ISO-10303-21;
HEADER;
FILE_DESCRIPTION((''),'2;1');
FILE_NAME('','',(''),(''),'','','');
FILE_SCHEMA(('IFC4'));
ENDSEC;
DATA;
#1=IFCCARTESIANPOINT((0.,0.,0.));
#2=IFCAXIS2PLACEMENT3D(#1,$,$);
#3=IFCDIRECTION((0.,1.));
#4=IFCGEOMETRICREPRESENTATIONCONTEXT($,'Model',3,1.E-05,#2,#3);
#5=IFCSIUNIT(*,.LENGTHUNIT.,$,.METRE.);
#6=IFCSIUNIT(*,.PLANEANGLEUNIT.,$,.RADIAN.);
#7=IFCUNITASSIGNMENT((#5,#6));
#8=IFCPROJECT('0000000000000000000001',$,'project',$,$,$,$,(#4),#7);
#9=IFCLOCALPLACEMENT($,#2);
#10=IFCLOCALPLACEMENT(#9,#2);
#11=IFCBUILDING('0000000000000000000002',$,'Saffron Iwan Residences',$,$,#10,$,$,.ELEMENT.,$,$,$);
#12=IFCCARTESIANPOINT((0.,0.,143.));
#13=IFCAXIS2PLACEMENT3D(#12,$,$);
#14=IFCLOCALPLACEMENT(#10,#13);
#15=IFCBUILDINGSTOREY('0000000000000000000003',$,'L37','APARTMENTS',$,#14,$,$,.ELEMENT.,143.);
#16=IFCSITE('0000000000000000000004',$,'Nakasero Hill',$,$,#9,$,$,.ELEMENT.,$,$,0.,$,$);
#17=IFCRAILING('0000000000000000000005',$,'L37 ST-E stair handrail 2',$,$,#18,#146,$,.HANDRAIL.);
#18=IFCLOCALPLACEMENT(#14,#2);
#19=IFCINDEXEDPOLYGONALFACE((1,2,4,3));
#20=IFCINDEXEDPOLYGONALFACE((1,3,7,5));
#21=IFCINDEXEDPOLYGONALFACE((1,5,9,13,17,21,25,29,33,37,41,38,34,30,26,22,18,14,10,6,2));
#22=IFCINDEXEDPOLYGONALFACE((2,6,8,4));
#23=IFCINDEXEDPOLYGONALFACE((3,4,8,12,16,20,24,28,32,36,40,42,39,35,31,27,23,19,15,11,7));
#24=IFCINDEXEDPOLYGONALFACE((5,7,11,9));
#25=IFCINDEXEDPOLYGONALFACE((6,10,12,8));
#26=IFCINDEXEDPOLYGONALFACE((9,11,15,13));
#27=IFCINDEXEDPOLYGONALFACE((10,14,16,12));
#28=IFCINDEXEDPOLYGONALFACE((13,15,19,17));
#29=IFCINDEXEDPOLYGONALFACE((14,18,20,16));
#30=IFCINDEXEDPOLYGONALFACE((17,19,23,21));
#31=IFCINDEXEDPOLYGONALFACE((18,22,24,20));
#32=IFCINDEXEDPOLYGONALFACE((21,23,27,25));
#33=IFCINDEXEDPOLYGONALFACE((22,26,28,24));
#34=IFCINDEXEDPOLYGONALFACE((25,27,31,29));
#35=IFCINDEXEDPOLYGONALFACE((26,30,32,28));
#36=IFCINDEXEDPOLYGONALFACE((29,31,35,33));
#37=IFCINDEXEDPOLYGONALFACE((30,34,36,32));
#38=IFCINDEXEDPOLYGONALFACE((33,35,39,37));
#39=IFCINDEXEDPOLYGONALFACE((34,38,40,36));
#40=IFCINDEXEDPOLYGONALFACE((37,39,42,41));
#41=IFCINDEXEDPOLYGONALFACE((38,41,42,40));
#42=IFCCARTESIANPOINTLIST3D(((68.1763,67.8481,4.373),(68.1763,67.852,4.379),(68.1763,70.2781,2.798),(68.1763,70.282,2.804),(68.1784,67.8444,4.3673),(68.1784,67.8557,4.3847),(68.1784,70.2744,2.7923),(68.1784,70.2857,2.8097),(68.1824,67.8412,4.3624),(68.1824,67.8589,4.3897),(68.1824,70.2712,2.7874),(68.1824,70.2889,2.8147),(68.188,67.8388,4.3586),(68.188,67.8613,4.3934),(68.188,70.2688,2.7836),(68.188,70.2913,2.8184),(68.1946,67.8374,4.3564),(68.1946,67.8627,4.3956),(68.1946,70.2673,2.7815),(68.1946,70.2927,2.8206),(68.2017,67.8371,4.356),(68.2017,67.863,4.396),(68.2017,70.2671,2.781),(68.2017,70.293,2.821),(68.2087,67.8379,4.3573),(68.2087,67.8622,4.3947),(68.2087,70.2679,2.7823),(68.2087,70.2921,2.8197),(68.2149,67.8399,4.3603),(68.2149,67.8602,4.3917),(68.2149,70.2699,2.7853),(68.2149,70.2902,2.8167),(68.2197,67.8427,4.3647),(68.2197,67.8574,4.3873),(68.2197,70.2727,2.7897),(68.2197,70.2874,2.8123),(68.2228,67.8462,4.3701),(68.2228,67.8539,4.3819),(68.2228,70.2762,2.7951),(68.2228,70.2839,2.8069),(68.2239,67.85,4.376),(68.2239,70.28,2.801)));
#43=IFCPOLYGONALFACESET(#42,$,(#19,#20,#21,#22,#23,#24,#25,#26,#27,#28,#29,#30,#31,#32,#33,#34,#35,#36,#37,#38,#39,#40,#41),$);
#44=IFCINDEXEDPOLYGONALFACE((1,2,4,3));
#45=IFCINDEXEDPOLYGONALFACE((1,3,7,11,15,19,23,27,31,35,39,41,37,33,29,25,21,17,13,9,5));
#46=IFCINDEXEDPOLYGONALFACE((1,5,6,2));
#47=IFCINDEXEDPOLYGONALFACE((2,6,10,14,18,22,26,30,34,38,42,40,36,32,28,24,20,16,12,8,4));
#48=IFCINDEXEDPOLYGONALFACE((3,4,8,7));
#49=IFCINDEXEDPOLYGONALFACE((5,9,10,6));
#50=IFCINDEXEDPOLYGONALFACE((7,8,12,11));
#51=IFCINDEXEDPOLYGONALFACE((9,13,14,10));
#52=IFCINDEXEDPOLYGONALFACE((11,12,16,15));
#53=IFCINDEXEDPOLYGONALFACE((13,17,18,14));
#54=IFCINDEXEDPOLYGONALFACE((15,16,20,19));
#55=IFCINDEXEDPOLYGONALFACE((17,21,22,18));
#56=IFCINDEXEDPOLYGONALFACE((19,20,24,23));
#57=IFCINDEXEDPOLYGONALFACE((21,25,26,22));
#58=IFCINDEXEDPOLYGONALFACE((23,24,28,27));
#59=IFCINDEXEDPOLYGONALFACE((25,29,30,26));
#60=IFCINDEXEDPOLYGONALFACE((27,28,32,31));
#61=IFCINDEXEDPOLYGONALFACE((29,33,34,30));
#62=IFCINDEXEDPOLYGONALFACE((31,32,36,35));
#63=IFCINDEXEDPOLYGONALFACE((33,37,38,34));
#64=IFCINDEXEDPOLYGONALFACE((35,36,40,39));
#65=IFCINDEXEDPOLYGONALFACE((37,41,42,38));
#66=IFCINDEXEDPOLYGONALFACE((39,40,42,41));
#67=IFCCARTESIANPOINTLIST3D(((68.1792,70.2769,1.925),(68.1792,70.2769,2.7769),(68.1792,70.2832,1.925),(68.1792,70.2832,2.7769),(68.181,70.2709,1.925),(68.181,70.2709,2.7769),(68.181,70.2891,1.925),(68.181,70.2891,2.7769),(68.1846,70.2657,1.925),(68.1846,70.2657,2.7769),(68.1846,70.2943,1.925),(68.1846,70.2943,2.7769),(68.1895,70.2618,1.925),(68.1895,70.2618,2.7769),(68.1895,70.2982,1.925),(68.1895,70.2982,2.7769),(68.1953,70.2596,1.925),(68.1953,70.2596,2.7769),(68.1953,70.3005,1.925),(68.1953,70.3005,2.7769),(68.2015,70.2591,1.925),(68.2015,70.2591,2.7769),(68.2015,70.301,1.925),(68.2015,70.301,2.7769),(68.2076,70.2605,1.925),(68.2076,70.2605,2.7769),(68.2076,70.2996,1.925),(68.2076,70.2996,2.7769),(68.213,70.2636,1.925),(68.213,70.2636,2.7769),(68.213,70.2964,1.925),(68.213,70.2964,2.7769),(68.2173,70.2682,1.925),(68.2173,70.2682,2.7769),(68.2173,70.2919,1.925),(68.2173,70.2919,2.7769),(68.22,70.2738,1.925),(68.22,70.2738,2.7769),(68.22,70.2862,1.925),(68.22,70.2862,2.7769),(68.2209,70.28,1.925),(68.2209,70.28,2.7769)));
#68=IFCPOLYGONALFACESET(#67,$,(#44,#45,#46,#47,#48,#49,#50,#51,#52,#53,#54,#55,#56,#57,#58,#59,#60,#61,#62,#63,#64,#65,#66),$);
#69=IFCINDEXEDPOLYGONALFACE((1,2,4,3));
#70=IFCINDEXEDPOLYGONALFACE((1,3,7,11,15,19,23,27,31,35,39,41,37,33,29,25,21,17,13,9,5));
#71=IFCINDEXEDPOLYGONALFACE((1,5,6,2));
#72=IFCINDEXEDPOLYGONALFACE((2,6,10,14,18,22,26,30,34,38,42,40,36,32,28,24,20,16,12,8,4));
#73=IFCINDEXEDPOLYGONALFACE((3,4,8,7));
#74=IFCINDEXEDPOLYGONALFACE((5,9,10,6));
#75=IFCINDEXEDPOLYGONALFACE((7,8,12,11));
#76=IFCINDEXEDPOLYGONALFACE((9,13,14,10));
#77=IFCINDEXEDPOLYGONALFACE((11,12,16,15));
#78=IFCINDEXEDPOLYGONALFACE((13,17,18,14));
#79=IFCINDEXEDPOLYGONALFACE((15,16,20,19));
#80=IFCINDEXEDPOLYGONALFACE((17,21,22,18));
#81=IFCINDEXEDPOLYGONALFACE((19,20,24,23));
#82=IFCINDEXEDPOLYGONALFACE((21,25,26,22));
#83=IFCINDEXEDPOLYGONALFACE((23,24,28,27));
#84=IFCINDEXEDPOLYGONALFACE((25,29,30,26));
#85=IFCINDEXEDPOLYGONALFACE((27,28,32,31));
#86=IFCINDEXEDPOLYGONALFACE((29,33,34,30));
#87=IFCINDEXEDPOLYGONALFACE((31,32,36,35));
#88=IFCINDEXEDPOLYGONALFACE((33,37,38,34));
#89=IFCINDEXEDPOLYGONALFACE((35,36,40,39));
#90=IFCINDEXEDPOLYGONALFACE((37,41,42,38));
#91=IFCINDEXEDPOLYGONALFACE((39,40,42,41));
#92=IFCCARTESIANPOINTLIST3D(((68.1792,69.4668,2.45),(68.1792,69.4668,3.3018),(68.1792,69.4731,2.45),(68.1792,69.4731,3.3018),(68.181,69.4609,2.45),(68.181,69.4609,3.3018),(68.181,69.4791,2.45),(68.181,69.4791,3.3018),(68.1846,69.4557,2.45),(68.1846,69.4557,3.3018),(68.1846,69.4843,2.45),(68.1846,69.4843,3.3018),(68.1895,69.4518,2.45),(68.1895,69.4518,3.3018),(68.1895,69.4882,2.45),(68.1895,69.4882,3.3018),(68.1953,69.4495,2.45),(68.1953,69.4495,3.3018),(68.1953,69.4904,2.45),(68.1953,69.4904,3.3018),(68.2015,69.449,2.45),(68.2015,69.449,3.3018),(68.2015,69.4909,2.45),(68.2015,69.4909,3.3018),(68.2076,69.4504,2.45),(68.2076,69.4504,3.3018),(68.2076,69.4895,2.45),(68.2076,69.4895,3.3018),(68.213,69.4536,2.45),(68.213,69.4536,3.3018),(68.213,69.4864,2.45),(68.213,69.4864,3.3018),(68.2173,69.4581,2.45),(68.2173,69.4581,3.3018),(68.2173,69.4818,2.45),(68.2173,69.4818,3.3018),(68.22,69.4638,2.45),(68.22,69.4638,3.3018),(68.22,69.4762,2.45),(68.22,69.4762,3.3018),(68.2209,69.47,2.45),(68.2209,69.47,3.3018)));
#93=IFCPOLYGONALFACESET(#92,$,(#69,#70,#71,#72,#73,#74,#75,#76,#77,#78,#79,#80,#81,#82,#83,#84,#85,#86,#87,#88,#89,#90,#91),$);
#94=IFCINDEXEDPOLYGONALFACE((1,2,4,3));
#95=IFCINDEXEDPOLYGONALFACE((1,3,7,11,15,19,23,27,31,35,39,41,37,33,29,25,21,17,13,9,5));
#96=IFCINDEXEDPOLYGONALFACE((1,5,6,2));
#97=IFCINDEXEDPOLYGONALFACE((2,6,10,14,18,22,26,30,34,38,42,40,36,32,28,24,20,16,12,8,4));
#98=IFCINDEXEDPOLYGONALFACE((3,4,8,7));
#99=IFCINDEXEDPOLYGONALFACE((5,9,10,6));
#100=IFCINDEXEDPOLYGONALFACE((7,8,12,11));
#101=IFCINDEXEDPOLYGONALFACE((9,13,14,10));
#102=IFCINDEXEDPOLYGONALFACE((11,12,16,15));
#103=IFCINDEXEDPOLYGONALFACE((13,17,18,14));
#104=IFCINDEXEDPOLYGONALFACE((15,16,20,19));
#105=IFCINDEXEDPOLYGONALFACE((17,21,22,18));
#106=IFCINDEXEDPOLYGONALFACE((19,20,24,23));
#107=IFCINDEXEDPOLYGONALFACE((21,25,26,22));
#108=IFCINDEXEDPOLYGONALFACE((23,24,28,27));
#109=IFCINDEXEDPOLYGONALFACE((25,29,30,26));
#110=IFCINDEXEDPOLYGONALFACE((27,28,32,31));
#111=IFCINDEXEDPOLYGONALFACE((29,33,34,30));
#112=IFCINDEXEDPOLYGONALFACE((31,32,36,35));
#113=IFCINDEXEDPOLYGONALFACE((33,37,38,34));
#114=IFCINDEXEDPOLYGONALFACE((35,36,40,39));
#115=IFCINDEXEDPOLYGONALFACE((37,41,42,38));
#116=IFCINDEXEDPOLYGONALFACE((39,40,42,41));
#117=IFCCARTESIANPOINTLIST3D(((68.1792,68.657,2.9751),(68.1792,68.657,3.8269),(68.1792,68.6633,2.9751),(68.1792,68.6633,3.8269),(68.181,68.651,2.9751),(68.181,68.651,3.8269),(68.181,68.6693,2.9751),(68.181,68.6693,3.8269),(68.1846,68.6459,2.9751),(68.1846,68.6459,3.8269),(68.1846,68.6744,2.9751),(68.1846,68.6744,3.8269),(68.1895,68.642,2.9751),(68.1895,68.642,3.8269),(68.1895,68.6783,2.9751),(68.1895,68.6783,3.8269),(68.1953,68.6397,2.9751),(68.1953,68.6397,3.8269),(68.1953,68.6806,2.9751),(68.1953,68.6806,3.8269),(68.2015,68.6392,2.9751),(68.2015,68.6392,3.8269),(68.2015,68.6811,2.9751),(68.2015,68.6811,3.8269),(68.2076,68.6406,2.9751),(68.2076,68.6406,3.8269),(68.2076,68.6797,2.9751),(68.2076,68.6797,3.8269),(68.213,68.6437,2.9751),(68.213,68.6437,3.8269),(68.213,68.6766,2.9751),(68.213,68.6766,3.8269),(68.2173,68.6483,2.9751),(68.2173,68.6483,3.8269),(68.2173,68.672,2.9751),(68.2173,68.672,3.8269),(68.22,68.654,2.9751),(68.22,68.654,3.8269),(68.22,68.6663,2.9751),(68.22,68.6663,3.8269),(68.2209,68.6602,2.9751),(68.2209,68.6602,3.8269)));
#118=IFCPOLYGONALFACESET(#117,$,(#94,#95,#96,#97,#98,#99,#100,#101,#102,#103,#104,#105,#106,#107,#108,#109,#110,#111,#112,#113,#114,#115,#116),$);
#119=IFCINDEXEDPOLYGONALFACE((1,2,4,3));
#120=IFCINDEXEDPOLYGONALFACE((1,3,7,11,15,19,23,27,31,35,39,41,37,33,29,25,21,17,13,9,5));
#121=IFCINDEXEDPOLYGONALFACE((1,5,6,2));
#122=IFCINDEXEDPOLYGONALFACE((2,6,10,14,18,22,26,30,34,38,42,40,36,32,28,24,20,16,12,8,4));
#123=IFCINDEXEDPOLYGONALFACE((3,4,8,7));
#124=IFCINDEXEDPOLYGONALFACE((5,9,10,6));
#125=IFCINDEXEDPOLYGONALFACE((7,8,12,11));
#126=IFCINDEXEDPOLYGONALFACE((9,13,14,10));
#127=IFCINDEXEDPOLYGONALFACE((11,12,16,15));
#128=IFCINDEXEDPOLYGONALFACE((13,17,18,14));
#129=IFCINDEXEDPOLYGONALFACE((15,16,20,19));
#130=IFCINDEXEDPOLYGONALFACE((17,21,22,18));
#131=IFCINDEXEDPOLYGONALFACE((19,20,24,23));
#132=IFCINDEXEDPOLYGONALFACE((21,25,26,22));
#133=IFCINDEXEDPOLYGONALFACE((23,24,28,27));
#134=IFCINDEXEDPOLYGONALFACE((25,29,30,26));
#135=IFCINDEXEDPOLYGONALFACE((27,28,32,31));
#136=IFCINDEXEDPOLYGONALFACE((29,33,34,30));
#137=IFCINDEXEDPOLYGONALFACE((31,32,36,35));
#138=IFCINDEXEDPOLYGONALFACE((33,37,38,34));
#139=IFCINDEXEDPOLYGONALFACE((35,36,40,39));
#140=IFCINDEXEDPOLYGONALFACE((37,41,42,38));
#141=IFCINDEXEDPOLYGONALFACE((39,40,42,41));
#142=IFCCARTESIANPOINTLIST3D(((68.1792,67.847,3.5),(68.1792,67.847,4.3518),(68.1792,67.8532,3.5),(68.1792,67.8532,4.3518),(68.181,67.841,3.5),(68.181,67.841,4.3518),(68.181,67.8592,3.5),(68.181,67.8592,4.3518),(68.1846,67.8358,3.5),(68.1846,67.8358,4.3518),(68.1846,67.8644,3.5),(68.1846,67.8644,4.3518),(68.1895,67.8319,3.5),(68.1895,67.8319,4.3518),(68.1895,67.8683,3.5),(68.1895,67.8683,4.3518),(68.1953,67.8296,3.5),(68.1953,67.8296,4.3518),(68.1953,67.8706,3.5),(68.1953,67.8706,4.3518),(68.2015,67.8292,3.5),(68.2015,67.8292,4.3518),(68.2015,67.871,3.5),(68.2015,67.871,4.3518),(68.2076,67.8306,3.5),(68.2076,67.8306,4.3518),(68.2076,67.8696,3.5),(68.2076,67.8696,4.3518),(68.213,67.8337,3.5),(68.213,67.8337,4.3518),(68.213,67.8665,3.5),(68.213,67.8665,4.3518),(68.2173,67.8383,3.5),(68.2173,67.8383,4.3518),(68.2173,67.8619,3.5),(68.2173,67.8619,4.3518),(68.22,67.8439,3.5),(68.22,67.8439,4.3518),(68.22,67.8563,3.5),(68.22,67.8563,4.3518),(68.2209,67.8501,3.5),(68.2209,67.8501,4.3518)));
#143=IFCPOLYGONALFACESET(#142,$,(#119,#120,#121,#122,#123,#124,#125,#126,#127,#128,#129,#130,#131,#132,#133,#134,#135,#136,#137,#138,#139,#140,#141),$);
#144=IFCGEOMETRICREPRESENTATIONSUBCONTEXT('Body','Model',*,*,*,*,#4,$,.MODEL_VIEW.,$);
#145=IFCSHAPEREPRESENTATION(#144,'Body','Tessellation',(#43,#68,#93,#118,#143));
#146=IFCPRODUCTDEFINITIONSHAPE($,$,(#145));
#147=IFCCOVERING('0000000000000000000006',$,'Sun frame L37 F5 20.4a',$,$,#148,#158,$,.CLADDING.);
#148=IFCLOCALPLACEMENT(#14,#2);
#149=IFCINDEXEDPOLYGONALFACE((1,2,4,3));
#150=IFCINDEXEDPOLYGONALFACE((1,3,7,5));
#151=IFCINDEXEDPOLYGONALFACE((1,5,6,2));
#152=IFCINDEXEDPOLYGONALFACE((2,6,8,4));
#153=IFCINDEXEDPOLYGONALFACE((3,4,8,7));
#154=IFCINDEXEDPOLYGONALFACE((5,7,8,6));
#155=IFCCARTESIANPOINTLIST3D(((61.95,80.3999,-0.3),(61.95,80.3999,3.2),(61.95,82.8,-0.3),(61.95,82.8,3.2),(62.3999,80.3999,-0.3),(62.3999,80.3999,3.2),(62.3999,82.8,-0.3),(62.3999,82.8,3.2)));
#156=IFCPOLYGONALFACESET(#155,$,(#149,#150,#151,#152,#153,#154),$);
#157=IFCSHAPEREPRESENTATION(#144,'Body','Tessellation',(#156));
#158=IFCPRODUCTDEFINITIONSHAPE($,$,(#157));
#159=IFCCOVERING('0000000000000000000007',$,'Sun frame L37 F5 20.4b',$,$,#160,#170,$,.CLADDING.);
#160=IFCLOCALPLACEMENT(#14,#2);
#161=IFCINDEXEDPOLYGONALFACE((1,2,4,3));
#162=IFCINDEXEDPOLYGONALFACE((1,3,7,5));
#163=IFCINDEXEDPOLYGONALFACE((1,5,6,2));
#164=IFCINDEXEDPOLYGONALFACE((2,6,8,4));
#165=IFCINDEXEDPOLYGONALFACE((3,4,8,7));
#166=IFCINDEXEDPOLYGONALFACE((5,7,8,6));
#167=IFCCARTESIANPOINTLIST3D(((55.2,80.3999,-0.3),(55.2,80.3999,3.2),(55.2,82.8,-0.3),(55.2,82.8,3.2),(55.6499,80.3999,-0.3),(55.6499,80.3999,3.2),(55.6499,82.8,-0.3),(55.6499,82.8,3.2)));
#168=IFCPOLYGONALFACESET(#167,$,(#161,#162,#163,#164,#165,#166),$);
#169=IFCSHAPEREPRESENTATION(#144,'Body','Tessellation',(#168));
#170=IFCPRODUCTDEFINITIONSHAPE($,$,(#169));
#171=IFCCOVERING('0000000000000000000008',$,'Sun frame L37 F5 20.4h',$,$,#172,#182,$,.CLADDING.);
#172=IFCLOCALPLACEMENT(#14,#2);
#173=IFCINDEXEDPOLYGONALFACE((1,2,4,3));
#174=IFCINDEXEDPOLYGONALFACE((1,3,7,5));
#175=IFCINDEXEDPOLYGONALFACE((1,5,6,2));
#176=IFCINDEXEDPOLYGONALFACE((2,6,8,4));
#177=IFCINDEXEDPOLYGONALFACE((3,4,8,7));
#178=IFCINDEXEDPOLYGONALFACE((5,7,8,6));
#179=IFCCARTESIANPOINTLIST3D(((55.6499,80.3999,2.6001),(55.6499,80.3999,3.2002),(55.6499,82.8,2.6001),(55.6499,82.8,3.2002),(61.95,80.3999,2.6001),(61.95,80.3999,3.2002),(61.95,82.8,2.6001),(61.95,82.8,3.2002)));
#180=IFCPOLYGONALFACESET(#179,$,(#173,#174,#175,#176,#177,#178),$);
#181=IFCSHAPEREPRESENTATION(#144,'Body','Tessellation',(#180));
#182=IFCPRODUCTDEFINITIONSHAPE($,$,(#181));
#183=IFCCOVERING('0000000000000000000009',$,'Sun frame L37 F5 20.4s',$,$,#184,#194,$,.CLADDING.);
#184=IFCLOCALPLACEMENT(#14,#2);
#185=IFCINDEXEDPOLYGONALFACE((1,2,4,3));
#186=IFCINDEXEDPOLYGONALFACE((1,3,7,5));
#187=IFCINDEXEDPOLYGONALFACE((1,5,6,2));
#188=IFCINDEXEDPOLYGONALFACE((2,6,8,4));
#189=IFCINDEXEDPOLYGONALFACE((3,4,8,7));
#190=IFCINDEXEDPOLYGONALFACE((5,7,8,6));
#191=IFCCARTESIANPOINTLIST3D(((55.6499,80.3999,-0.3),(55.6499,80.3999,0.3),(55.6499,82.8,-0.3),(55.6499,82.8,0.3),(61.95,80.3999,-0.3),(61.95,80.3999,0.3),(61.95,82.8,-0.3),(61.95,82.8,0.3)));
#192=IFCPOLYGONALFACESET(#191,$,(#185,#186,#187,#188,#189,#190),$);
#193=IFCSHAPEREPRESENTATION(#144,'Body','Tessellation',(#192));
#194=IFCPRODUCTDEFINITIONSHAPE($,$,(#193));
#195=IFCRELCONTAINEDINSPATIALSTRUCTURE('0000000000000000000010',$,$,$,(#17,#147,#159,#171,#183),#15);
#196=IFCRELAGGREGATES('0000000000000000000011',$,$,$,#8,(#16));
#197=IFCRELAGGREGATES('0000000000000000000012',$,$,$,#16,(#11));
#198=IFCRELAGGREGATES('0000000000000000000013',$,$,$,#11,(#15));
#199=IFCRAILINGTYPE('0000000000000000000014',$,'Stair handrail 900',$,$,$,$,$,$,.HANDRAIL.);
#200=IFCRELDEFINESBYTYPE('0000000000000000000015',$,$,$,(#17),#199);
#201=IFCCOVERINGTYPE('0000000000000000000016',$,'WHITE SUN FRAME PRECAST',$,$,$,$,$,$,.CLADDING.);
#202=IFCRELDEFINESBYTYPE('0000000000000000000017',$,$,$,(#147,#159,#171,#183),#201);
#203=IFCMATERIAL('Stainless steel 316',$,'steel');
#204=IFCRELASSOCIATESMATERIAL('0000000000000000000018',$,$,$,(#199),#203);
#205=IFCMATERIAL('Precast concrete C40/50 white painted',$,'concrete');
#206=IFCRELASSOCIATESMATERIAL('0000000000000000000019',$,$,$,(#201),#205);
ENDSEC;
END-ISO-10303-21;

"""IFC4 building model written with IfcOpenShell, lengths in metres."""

from ifc_helpers import new_model, si_unit, direction, frame, origin, origin_2d, place, context, subcontext, project, spatial, polyline, circle, outline, extrude, material, type_object, element, save


model = new_model("IFC4")

# Units and contexts
model_context = context("Model", 3, precision=1e-05, world=origin(), true_north=direction((0.0, 1.0)))
body_context = subcontext(model_context, "Body", "Model", "MODEL_VIEW")
ifc_project = project(units=[si_unit("LENGTHUNIT", "METRE"), si_unit("PLANEANGLEUNIT", "RADIAN")], contexts=[model_context])

# Site, building, storey
site_placement = place(None, origin())
site = spatial("IfcSite", under=ifc_project, at=site_placement, Name="Nakasero Hill", CompositionType="ELEMENT", RefElevation=0.0)
building_placement = place(site_placement, origin())
building = spatial("IfcBuilding", under=site, at=building_placement, Name="Saffron Iwan Residences", CompositionType="ELEMENT")
storey_placement = place(building_placement, frame((0.0, 0.0, 143.0)))
storey = spatial("IfcBuildingStorey", under=building, at=storey_placement, Name="L37", Description="APARTMENTS", CompositionType="ELEMENT", Elevation=143.0)

# Railing
ifc_material_1 = material(Name="Stainless steel 316", Category="steel")
railing_type = type_object("IfcRailingType", Name="Stair handrail 900", PredefinedType="HANDRAIL", material=ifc_material_1)
railing_1_placement = place(storey_placement, frame((68.2, 70.28, 1.925)))
element("IfcRailing", 1, at=railing_1_placement, inside=storey, type_object=railing_type, Name="L37 ST-E stair handrail 2", PredefinedType="HANDRAIL", context=body_context, shape_type="SweptSolid", body=[
    extrude(circle(Radius=0.0239, at=origin_2d()), frame((0.0, 0.0, 0.876), z_axis=(0.0, -0.839154, 0.543894), x_axis=(1.0, 0.0, 0.0)), (0.0, 0.0, 1.0), 2.8958),
    extrude(circle(Radius=0.021, at=origin_2d()), origin(), (0.0, 0.0, 1.0), 0.8518),
    extrude(circle(Radius=0.021, at=origin_2d()), frame((0.0, -0.8101, 0.5249)), (0.0, 0.0, 1.0), 0.8518),
    extrude(circle(Radius=0.021, at=origin_2d()), frame((0.0, -1.6199, 1.05)), (0.0, 0.0, 1.0), 0.8518),
    extrude(circle(Radius=0.021, at=origin_2d()), frame((0.0, -2.4299, 1.575)), (0.0, 0.0, 1.0), 0.8518),
])

# Coverings
ifc_material_2 = material(Name="Precast concrete C40/50 white painted", Category="concrete")
covering_type = type_object("IfcCoveringType", Name="WHITE SUN FRAME PRECAST", PredefinedType="CLADDING", material=ifc_material_2)
for number, where, z_axis, x_axis, name in (
    (2, (62.3999, 80.3999, -0.3), (0.0, 1.0, 0.0), (-1.0, 0.0, 0.0), "Sun frame L37 F5 20.4a"),
    (3, (55.6499, 80.3999, -0.3), (0.0, 1.0, 0.0), (-1.0, 0.0, 0.0), "Sun frame L37 F5 20.4b"),
):
    element("IfcCovering", number, at=place(storey_placement, frame(where, z_axis=z_axis, x_axis=x_axis)), inside=storey, type_object=covering_type, Name=name, PredefinedType="CLADDING", context=body_context, shape_type="SweptSolid", body=[
        extrude(outline(polyline([(0.0, 0.0), (0.45, 0.0), (0.45, 3.5), (0.0, 3.5), (0.0, 0.0)])), origin(), (0.0, 0.0, 1.0), 2.4001),
    ])
for number, where, z_axis, x_axis, name in (
    (4, (61.95, 80.3999, 2.6001), (0.0, 1.0, 0.0), (-1.0, 0.0, 0.0), "Sun frame L37 F5 20.4h"),
    (5, (61.95, 80.3999, -0.3), (0.0, 1.0, 0.0), (-1.0, 0.0, 0.0), "Sun frame L37 F5 20.4s"),
):
    element("IfcCovering", number, at=place(storey_placement, frame(where, z_axis=z_axis, x_axis=x_axis)), inside=storey, type_object=covering_type, Name=name, PredefinedType="CLADDING", context=body_context, shape_type="SweptSolid", body=[
        extrude(outline(polyline([(0.0, 0.0), (6.3, 0.0), (6.3, 0.6001), (0.0, 0.6001), (0.0, 0.0)])), origin(), (0.0, 0.0, 1.0), 2.4001),
    ])

save(model, "model.ifc")
